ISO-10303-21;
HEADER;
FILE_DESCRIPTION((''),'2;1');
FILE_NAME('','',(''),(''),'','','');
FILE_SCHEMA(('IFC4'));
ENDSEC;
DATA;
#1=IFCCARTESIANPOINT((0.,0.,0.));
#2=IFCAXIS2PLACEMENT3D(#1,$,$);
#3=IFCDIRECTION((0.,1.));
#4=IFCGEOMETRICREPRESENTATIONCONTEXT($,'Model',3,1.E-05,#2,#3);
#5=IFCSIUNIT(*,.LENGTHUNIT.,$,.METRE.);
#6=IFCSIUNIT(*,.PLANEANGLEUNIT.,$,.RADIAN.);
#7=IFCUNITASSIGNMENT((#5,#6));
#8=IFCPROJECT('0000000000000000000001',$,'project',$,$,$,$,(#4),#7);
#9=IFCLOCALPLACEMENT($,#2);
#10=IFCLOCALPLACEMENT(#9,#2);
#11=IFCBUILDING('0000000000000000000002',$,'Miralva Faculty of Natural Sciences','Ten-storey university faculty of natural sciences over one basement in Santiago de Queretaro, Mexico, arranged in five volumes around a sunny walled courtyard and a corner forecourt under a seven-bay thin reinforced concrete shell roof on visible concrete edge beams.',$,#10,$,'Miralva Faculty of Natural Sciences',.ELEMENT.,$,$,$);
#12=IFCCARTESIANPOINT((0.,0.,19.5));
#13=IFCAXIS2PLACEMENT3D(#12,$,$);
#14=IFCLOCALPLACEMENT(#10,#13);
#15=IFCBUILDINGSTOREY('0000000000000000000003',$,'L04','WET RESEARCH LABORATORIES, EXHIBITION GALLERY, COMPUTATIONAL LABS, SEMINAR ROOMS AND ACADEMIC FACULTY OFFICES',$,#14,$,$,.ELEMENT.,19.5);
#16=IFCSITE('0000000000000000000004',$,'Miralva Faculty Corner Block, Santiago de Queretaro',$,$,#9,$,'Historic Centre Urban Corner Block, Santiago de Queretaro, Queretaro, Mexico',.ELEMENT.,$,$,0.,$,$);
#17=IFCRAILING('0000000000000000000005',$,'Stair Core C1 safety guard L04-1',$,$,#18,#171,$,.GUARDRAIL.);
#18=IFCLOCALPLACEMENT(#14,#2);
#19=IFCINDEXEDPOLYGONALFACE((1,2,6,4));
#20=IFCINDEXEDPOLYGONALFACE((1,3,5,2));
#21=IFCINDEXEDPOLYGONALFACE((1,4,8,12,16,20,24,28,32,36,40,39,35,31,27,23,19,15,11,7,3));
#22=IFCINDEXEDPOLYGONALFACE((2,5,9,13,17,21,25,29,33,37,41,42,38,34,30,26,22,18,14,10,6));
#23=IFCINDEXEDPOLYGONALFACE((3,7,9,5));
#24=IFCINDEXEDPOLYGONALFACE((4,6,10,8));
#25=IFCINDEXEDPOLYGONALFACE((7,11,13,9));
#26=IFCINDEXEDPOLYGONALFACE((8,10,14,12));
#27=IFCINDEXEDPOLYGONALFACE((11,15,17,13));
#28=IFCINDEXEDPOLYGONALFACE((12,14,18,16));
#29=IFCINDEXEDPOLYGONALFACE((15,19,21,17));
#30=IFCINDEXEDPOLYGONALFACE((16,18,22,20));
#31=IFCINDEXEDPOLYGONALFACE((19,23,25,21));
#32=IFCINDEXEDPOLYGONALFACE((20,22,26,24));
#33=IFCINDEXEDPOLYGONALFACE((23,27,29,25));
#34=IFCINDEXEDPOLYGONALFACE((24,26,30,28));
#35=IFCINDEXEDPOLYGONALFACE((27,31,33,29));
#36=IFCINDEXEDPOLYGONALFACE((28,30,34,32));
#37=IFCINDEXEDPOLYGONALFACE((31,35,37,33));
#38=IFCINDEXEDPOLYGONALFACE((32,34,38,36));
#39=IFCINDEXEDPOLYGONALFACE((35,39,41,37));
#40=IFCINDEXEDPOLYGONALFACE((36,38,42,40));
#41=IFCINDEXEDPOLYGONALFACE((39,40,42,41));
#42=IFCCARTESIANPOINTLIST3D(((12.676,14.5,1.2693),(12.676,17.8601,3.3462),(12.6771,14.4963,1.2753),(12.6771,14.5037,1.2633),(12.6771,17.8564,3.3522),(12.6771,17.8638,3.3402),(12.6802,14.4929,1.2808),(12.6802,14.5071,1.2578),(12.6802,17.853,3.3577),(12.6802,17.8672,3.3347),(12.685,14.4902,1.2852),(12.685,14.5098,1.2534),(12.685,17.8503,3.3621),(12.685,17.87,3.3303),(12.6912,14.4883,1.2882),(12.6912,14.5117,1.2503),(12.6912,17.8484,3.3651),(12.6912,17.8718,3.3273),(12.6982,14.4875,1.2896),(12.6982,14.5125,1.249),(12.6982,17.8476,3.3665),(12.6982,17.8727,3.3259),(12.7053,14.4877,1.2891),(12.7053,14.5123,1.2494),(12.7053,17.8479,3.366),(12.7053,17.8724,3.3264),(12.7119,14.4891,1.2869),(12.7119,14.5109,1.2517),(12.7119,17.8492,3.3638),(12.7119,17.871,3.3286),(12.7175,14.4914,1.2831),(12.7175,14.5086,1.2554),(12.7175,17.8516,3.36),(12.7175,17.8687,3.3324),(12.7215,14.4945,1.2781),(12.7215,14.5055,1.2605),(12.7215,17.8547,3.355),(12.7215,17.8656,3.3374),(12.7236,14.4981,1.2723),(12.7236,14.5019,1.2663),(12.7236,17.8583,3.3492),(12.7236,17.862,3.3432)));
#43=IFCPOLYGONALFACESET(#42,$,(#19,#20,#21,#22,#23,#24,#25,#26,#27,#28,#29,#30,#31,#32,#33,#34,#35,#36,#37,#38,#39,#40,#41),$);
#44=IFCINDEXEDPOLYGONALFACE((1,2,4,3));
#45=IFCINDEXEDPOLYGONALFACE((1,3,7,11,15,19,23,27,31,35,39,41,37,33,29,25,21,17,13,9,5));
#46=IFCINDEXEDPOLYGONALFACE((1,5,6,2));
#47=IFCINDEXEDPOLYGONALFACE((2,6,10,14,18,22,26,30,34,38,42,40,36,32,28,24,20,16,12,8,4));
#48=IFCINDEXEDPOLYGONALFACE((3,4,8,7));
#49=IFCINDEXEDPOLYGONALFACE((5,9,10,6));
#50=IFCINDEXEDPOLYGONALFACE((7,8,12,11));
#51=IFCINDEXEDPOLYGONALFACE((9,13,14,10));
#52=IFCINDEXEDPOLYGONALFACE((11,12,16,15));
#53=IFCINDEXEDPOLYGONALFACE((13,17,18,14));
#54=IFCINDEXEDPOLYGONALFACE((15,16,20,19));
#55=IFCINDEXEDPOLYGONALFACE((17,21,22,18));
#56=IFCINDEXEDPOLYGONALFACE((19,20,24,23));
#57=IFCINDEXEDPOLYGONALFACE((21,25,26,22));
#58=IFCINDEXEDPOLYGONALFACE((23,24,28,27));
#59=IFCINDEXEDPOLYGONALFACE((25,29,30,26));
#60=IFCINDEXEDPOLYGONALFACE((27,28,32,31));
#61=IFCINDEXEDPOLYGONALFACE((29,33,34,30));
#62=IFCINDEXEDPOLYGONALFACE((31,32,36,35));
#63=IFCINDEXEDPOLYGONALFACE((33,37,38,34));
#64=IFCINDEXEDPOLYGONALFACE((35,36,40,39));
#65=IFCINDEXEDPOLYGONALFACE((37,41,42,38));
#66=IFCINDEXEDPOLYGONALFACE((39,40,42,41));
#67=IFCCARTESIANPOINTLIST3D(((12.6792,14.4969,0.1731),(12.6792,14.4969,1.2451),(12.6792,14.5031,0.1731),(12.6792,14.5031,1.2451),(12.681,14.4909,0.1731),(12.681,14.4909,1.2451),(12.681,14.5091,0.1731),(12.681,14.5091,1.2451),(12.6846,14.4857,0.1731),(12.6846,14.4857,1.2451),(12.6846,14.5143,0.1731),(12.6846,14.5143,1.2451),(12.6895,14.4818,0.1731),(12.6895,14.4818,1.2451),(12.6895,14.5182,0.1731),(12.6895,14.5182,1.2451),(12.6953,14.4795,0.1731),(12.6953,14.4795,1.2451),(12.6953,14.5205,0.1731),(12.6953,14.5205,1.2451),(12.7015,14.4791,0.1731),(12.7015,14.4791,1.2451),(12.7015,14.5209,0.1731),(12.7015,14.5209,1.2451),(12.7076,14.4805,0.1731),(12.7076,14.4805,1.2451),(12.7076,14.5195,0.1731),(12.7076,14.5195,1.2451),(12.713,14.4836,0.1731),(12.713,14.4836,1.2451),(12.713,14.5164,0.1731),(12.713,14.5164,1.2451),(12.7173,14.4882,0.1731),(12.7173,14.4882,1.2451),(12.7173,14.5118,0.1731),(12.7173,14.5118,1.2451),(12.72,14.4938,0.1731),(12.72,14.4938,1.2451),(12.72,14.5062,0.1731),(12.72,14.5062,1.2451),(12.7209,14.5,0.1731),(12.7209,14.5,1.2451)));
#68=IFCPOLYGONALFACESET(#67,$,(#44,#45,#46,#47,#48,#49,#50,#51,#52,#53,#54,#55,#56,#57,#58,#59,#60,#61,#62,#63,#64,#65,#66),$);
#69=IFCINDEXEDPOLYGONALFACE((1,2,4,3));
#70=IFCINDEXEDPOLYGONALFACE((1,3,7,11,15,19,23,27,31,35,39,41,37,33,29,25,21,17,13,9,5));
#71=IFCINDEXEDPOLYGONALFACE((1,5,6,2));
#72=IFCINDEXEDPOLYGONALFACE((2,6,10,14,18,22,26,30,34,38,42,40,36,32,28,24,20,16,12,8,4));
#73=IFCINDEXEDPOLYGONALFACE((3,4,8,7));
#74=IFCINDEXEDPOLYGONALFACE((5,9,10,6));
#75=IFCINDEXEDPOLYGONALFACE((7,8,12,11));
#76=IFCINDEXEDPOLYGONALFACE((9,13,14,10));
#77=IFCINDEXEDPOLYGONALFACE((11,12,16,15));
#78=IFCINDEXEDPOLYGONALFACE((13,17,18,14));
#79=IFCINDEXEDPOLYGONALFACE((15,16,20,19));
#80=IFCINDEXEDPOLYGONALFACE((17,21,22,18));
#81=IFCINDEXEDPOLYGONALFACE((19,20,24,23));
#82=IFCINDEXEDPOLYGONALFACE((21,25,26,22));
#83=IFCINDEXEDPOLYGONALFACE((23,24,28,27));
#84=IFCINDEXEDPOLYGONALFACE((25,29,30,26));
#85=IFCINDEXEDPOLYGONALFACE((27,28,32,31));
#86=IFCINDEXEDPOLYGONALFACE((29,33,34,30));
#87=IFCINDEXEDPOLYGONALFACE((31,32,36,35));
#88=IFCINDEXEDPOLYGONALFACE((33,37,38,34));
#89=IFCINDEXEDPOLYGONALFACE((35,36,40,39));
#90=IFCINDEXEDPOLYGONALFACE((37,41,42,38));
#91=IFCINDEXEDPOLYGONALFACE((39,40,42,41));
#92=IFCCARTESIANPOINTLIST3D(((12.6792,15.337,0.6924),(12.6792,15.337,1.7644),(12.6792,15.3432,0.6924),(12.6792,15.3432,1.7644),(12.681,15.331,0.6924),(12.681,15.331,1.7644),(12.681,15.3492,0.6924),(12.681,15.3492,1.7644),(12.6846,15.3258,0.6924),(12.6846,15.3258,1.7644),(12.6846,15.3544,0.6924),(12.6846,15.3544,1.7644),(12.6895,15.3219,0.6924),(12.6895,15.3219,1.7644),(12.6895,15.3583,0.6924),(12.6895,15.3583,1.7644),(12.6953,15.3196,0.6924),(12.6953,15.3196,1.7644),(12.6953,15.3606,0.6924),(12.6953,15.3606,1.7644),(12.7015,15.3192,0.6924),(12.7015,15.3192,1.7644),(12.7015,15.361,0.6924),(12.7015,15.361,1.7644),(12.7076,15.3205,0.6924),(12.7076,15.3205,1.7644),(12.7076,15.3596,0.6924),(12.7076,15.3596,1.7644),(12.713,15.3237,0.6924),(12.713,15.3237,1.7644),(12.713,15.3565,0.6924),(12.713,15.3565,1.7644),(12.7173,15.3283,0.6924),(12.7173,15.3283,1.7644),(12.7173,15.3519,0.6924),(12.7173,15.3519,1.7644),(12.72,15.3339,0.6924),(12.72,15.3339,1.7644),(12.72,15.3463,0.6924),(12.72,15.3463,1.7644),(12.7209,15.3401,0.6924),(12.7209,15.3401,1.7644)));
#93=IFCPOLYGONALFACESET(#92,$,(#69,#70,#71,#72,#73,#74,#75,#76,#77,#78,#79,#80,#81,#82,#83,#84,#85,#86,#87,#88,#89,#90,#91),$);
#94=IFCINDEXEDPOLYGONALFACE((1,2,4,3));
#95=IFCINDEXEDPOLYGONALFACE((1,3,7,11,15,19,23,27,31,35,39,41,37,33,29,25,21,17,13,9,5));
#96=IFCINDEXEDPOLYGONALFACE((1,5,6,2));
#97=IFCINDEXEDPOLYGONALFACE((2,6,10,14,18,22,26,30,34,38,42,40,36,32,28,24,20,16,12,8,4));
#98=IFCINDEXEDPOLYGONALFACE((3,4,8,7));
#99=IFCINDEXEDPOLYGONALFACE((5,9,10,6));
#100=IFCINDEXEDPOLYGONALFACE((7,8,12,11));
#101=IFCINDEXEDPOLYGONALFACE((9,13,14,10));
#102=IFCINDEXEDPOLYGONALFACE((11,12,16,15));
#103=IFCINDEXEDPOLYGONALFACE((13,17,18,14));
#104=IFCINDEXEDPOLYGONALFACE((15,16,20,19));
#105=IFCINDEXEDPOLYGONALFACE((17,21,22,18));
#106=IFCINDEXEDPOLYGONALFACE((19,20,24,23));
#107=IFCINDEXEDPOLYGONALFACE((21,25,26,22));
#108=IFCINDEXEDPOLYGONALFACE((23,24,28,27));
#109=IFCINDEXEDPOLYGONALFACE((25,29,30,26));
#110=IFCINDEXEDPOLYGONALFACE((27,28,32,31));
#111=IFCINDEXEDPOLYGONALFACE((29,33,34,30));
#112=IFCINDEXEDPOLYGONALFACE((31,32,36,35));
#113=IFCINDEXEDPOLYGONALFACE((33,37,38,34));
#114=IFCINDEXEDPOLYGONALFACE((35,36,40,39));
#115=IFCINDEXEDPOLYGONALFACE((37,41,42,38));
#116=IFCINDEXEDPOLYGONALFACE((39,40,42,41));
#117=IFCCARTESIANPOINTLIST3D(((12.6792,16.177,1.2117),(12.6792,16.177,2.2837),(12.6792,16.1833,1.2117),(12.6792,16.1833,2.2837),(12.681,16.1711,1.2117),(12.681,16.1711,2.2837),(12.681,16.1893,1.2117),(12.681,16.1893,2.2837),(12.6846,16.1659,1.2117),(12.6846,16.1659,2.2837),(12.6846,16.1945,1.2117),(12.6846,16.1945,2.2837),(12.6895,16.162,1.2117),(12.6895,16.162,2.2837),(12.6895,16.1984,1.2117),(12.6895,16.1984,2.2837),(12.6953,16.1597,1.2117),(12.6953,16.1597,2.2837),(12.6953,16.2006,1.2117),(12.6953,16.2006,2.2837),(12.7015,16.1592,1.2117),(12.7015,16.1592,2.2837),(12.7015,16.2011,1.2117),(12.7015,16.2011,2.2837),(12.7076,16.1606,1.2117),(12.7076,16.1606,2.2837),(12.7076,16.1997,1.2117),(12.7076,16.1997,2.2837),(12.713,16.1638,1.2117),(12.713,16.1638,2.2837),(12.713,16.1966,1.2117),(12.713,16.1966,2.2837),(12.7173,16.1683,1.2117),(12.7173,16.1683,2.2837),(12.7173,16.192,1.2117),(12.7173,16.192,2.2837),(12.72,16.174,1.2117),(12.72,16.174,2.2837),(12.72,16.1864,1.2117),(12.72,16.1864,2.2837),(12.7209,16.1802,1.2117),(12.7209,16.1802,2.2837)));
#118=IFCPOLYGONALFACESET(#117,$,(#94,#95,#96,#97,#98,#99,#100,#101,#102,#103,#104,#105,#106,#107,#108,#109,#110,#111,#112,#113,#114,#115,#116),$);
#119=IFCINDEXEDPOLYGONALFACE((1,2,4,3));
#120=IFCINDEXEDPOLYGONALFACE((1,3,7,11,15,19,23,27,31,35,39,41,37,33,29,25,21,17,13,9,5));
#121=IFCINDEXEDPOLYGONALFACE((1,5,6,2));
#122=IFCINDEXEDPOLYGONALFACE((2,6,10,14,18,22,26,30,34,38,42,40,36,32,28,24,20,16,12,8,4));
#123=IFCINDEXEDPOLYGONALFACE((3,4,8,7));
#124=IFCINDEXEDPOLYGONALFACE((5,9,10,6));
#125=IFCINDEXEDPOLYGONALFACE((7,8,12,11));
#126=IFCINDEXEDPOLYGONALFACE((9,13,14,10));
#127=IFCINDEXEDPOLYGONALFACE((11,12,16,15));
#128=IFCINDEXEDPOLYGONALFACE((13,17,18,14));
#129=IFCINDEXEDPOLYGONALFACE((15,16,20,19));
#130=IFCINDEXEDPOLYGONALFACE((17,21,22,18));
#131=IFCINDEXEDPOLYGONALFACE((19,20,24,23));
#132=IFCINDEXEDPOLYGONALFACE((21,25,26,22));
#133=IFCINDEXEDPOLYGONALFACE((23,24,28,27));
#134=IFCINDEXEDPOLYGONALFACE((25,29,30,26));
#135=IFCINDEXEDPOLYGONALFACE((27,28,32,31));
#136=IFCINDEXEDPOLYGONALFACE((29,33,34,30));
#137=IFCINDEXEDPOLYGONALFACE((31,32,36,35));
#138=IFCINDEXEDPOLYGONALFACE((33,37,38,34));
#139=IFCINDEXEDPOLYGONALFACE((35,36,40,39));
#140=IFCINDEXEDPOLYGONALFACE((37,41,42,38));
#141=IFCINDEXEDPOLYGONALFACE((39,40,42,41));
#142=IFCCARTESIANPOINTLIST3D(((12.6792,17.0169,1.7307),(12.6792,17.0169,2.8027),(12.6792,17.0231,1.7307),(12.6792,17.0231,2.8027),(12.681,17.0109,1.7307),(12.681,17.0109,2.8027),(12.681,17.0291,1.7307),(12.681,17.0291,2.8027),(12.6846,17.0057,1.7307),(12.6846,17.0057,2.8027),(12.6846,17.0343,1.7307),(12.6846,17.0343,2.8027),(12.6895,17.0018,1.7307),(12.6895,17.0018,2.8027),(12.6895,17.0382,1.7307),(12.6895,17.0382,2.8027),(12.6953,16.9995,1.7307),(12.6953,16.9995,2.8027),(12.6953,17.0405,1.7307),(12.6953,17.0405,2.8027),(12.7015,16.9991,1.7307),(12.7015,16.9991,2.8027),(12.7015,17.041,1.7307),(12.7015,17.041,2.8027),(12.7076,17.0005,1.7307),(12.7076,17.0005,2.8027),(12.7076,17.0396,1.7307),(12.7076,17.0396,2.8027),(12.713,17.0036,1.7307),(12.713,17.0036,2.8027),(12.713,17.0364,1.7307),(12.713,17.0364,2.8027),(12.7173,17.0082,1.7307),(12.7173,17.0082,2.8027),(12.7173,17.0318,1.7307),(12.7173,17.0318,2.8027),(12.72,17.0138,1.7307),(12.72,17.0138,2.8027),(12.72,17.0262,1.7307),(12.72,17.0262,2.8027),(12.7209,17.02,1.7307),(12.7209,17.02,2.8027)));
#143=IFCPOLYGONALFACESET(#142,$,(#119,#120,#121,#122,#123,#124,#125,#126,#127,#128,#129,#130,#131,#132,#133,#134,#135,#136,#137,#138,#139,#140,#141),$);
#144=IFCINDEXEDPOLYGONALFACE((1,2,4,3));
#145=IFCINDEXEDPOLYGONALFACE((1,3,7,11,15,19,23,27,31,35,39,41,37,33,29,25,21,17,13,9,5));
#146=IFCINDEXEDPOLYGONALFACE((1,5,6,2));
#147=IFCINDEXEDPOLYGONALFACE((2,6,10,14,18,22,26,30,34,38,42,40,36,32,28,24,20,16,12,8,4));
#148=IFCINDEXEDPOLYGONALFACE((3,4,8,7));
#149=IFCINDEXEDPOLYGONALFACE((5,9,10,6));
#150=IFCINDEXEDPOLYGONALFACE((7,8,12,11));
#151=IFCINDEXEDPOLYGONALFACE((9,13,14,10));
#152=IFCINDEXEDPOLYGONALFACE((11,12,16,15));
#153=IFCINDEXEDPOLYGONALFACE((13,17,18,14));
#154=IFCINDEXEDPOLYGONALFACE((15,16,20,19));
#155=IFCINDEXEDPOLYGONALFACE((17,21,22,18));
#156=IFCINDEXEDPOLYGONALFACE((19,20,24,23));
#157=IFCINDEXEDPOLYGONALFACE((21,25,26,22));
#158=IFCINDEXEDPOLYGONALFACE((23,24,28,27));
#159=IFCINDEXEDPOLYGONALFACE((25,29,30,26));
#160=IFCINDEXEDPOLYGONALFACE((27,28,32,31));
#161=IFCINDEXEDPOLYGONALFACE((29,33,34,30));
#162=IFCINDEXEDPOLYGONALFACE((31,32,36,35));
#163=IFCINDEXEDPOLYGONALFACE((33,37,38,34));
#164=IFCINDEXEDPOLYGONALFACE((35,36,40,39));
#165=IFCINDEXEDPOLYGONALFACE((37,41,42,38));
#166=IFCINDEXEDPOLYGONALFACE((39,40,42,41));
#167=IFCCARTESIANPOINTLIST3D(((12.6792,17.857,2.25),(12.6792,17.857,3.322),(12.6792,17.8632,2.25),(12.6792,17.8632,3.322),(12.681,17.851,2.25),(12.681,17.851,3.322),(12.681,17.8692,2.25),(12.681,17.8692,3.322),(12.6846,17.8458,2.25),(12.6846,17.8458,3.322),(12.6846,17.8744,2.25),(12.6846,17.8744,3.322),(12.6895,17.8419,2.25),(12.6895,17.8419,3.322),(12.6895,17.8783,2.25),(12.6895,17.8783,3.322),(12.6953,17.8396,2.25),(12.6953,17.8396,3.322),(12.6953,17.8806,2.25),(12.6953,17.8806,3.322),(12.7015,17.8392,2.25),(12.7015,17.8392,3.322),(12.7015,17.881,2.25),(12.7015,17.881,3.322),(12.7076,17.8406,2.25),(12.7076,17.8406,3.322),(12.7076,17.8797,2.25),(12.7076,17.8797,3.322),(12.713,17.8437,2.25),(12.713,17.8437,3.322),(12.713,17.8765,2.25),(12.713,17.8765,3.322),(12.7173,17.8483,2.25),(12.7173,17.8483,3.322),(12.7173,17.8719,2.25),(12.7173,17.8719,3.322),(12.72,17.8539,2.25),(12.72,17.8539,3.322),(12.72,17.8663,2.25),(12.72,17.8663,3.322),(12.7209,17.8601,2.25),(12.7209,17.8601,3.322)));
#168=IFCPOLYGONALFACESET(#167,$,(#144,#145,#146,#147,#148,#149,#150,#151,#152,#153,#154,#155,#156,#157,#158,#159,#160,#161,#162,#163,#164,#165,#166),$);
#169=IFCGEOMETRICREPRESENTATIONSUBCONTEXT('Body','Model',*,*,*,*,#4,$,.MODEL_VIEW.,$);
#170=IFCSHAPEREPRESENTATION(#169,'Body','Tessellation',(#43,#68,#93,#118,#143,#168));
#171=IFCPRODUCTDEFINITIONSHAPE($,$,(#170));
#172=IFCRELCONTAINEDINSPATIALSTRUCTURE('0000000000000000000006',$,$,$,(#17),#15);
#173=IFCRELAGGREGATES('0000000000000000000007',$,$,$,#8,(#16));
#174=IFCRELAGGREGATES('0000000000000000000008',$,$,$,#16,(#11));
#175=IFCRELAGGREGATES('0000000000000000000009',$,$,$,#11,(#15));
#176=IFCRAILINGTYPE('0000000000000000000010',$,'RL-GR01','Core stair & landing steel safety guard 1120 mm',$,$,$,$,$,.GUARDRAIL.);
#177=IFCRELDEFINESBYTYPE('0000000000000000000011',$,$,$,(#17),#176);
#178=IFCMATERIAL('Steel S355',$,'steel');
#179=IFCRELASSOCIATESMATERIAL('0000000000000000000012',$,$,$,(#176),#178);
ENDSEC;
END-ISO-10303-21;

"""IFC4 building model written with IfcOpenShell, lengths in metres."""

from ifc_helpers import new_model, si_unit, direction, frame, origin, origin_2d, place, context, subcontext, project, spatial, circle, extrude, material, type_object, element, save


model = new_model("IFC4")

# Units and contexts
model_context = context("Model", 3, precision=1e-05, world=origin(), true_north=direction((0.0, 1.0)))
body_context = subcontext(model_context, "Body", "Model", "MODEL_VIEW")
ifc_project = project(units=[si_unit("LENGTHUNIT", "METRE"), si_unit("PLANEANGLEUNIT", "RADIAN")], contexts=[model_context])

# Site, building, storey
site_placement = place(None, origin())
site = spatial("IfcSite", under=ifc_project, at=site_placement, Name="Miralva Faculty Corner Block, Santiago de Queretaro", LongName="Historic Centre Urban Corner Block, Santiago de Queretaro, Queretaro, Mexico", CompositionType="ELEMENT", RefElevation=0.0)
building_placement = place(site_placement, origin())
building = spatial("IfcBuilding", under=site, at=building_placement, Name="Miralva Faculty of Natural Sciences", Description="Ten-storey university faculty of natural sciences over one basement in Santiago de Queretaro, Mexico, arranged in five volumes around a sunny walled courtyard and a corner forecourt under a seven-bay thin reinforced concrete shell roof on visible concrete edge beams.", LongName="Miralva Faculty of Natural Sciences", CompositionType="ELEMENT")
storey_placement = place(building_placement, frame((0.0, 0.0, 19.5)))
storey = spatial("IfcBuildingStorey", under=building, at=storey_placement, Name="L04", Description="WET RESEARCH LABORATORIES, EXHIBITION GALLERY, COMPUTATIONAL LABS, SEMINAR ROOMS AND ACADEMIC FACULTY OFFICES", CompositionType="ELEMENT", Elevation=19.5)

# Railing
ifc_material_1 = material(Name="Steel S355", Category="steel")
railing_type_1 = type_object("IfcRailingType", Name="RL-GR01", Description="Core stair & landing steel safety guard 1120 mm", PredefinedType="GUARDRAIL", material=ifc_material_1)
railing_1_placement = place(storey_placement, frame((12.7, 14.5, 0.1731)))
element("IfcRailing", 1, at=railing_1_placement, inside=storey, type_object=railing_type_1, Name="Stair Core C1 safety guard L04-1", PredefinedType="GUARDRAIL", context=body_context, shape_type="SweptSolid", body=[
    extrude(circle(Radius=0.0239, at=origin_2d()), frame((0.0, 0.0, 1.0962), z_axis=(0.0, 0.850623, 0.525776), x_axis=(-1.0, 0.0, 0.0)), (0.0, 0.0, 1.0), 3.9502),
    extrude(circle(Radius=0.021, at=origin_2d()), origin(), (0.0, 0.0, 1.0), 1.072),
    extrude(circle(Radius=0.021, at=origin_2d()), frame((0.0, 0.8401, 0.5193)), (0.0, 0.0, 1.0), 1.072),
    extrude(circle(Radius=0.021, at=origin_2d()), frame((0.0, 1.6802, 1.0386)), (0.0, 0.0, 1.0), 1.072),
    extrude(circle(Radius=0.021, at=origin_2d()), frame((0.0, 2.52, 1.5576)), (0.0, 0.0, 1.0), 1.072),
    extrude(circle(Radius=0.021, at=origin_2d()), frame((0.0, 3.3601, 2.0769)), (0.0, 0.0, 1.0), 1.072),
])

save(model, "model.ifc")
